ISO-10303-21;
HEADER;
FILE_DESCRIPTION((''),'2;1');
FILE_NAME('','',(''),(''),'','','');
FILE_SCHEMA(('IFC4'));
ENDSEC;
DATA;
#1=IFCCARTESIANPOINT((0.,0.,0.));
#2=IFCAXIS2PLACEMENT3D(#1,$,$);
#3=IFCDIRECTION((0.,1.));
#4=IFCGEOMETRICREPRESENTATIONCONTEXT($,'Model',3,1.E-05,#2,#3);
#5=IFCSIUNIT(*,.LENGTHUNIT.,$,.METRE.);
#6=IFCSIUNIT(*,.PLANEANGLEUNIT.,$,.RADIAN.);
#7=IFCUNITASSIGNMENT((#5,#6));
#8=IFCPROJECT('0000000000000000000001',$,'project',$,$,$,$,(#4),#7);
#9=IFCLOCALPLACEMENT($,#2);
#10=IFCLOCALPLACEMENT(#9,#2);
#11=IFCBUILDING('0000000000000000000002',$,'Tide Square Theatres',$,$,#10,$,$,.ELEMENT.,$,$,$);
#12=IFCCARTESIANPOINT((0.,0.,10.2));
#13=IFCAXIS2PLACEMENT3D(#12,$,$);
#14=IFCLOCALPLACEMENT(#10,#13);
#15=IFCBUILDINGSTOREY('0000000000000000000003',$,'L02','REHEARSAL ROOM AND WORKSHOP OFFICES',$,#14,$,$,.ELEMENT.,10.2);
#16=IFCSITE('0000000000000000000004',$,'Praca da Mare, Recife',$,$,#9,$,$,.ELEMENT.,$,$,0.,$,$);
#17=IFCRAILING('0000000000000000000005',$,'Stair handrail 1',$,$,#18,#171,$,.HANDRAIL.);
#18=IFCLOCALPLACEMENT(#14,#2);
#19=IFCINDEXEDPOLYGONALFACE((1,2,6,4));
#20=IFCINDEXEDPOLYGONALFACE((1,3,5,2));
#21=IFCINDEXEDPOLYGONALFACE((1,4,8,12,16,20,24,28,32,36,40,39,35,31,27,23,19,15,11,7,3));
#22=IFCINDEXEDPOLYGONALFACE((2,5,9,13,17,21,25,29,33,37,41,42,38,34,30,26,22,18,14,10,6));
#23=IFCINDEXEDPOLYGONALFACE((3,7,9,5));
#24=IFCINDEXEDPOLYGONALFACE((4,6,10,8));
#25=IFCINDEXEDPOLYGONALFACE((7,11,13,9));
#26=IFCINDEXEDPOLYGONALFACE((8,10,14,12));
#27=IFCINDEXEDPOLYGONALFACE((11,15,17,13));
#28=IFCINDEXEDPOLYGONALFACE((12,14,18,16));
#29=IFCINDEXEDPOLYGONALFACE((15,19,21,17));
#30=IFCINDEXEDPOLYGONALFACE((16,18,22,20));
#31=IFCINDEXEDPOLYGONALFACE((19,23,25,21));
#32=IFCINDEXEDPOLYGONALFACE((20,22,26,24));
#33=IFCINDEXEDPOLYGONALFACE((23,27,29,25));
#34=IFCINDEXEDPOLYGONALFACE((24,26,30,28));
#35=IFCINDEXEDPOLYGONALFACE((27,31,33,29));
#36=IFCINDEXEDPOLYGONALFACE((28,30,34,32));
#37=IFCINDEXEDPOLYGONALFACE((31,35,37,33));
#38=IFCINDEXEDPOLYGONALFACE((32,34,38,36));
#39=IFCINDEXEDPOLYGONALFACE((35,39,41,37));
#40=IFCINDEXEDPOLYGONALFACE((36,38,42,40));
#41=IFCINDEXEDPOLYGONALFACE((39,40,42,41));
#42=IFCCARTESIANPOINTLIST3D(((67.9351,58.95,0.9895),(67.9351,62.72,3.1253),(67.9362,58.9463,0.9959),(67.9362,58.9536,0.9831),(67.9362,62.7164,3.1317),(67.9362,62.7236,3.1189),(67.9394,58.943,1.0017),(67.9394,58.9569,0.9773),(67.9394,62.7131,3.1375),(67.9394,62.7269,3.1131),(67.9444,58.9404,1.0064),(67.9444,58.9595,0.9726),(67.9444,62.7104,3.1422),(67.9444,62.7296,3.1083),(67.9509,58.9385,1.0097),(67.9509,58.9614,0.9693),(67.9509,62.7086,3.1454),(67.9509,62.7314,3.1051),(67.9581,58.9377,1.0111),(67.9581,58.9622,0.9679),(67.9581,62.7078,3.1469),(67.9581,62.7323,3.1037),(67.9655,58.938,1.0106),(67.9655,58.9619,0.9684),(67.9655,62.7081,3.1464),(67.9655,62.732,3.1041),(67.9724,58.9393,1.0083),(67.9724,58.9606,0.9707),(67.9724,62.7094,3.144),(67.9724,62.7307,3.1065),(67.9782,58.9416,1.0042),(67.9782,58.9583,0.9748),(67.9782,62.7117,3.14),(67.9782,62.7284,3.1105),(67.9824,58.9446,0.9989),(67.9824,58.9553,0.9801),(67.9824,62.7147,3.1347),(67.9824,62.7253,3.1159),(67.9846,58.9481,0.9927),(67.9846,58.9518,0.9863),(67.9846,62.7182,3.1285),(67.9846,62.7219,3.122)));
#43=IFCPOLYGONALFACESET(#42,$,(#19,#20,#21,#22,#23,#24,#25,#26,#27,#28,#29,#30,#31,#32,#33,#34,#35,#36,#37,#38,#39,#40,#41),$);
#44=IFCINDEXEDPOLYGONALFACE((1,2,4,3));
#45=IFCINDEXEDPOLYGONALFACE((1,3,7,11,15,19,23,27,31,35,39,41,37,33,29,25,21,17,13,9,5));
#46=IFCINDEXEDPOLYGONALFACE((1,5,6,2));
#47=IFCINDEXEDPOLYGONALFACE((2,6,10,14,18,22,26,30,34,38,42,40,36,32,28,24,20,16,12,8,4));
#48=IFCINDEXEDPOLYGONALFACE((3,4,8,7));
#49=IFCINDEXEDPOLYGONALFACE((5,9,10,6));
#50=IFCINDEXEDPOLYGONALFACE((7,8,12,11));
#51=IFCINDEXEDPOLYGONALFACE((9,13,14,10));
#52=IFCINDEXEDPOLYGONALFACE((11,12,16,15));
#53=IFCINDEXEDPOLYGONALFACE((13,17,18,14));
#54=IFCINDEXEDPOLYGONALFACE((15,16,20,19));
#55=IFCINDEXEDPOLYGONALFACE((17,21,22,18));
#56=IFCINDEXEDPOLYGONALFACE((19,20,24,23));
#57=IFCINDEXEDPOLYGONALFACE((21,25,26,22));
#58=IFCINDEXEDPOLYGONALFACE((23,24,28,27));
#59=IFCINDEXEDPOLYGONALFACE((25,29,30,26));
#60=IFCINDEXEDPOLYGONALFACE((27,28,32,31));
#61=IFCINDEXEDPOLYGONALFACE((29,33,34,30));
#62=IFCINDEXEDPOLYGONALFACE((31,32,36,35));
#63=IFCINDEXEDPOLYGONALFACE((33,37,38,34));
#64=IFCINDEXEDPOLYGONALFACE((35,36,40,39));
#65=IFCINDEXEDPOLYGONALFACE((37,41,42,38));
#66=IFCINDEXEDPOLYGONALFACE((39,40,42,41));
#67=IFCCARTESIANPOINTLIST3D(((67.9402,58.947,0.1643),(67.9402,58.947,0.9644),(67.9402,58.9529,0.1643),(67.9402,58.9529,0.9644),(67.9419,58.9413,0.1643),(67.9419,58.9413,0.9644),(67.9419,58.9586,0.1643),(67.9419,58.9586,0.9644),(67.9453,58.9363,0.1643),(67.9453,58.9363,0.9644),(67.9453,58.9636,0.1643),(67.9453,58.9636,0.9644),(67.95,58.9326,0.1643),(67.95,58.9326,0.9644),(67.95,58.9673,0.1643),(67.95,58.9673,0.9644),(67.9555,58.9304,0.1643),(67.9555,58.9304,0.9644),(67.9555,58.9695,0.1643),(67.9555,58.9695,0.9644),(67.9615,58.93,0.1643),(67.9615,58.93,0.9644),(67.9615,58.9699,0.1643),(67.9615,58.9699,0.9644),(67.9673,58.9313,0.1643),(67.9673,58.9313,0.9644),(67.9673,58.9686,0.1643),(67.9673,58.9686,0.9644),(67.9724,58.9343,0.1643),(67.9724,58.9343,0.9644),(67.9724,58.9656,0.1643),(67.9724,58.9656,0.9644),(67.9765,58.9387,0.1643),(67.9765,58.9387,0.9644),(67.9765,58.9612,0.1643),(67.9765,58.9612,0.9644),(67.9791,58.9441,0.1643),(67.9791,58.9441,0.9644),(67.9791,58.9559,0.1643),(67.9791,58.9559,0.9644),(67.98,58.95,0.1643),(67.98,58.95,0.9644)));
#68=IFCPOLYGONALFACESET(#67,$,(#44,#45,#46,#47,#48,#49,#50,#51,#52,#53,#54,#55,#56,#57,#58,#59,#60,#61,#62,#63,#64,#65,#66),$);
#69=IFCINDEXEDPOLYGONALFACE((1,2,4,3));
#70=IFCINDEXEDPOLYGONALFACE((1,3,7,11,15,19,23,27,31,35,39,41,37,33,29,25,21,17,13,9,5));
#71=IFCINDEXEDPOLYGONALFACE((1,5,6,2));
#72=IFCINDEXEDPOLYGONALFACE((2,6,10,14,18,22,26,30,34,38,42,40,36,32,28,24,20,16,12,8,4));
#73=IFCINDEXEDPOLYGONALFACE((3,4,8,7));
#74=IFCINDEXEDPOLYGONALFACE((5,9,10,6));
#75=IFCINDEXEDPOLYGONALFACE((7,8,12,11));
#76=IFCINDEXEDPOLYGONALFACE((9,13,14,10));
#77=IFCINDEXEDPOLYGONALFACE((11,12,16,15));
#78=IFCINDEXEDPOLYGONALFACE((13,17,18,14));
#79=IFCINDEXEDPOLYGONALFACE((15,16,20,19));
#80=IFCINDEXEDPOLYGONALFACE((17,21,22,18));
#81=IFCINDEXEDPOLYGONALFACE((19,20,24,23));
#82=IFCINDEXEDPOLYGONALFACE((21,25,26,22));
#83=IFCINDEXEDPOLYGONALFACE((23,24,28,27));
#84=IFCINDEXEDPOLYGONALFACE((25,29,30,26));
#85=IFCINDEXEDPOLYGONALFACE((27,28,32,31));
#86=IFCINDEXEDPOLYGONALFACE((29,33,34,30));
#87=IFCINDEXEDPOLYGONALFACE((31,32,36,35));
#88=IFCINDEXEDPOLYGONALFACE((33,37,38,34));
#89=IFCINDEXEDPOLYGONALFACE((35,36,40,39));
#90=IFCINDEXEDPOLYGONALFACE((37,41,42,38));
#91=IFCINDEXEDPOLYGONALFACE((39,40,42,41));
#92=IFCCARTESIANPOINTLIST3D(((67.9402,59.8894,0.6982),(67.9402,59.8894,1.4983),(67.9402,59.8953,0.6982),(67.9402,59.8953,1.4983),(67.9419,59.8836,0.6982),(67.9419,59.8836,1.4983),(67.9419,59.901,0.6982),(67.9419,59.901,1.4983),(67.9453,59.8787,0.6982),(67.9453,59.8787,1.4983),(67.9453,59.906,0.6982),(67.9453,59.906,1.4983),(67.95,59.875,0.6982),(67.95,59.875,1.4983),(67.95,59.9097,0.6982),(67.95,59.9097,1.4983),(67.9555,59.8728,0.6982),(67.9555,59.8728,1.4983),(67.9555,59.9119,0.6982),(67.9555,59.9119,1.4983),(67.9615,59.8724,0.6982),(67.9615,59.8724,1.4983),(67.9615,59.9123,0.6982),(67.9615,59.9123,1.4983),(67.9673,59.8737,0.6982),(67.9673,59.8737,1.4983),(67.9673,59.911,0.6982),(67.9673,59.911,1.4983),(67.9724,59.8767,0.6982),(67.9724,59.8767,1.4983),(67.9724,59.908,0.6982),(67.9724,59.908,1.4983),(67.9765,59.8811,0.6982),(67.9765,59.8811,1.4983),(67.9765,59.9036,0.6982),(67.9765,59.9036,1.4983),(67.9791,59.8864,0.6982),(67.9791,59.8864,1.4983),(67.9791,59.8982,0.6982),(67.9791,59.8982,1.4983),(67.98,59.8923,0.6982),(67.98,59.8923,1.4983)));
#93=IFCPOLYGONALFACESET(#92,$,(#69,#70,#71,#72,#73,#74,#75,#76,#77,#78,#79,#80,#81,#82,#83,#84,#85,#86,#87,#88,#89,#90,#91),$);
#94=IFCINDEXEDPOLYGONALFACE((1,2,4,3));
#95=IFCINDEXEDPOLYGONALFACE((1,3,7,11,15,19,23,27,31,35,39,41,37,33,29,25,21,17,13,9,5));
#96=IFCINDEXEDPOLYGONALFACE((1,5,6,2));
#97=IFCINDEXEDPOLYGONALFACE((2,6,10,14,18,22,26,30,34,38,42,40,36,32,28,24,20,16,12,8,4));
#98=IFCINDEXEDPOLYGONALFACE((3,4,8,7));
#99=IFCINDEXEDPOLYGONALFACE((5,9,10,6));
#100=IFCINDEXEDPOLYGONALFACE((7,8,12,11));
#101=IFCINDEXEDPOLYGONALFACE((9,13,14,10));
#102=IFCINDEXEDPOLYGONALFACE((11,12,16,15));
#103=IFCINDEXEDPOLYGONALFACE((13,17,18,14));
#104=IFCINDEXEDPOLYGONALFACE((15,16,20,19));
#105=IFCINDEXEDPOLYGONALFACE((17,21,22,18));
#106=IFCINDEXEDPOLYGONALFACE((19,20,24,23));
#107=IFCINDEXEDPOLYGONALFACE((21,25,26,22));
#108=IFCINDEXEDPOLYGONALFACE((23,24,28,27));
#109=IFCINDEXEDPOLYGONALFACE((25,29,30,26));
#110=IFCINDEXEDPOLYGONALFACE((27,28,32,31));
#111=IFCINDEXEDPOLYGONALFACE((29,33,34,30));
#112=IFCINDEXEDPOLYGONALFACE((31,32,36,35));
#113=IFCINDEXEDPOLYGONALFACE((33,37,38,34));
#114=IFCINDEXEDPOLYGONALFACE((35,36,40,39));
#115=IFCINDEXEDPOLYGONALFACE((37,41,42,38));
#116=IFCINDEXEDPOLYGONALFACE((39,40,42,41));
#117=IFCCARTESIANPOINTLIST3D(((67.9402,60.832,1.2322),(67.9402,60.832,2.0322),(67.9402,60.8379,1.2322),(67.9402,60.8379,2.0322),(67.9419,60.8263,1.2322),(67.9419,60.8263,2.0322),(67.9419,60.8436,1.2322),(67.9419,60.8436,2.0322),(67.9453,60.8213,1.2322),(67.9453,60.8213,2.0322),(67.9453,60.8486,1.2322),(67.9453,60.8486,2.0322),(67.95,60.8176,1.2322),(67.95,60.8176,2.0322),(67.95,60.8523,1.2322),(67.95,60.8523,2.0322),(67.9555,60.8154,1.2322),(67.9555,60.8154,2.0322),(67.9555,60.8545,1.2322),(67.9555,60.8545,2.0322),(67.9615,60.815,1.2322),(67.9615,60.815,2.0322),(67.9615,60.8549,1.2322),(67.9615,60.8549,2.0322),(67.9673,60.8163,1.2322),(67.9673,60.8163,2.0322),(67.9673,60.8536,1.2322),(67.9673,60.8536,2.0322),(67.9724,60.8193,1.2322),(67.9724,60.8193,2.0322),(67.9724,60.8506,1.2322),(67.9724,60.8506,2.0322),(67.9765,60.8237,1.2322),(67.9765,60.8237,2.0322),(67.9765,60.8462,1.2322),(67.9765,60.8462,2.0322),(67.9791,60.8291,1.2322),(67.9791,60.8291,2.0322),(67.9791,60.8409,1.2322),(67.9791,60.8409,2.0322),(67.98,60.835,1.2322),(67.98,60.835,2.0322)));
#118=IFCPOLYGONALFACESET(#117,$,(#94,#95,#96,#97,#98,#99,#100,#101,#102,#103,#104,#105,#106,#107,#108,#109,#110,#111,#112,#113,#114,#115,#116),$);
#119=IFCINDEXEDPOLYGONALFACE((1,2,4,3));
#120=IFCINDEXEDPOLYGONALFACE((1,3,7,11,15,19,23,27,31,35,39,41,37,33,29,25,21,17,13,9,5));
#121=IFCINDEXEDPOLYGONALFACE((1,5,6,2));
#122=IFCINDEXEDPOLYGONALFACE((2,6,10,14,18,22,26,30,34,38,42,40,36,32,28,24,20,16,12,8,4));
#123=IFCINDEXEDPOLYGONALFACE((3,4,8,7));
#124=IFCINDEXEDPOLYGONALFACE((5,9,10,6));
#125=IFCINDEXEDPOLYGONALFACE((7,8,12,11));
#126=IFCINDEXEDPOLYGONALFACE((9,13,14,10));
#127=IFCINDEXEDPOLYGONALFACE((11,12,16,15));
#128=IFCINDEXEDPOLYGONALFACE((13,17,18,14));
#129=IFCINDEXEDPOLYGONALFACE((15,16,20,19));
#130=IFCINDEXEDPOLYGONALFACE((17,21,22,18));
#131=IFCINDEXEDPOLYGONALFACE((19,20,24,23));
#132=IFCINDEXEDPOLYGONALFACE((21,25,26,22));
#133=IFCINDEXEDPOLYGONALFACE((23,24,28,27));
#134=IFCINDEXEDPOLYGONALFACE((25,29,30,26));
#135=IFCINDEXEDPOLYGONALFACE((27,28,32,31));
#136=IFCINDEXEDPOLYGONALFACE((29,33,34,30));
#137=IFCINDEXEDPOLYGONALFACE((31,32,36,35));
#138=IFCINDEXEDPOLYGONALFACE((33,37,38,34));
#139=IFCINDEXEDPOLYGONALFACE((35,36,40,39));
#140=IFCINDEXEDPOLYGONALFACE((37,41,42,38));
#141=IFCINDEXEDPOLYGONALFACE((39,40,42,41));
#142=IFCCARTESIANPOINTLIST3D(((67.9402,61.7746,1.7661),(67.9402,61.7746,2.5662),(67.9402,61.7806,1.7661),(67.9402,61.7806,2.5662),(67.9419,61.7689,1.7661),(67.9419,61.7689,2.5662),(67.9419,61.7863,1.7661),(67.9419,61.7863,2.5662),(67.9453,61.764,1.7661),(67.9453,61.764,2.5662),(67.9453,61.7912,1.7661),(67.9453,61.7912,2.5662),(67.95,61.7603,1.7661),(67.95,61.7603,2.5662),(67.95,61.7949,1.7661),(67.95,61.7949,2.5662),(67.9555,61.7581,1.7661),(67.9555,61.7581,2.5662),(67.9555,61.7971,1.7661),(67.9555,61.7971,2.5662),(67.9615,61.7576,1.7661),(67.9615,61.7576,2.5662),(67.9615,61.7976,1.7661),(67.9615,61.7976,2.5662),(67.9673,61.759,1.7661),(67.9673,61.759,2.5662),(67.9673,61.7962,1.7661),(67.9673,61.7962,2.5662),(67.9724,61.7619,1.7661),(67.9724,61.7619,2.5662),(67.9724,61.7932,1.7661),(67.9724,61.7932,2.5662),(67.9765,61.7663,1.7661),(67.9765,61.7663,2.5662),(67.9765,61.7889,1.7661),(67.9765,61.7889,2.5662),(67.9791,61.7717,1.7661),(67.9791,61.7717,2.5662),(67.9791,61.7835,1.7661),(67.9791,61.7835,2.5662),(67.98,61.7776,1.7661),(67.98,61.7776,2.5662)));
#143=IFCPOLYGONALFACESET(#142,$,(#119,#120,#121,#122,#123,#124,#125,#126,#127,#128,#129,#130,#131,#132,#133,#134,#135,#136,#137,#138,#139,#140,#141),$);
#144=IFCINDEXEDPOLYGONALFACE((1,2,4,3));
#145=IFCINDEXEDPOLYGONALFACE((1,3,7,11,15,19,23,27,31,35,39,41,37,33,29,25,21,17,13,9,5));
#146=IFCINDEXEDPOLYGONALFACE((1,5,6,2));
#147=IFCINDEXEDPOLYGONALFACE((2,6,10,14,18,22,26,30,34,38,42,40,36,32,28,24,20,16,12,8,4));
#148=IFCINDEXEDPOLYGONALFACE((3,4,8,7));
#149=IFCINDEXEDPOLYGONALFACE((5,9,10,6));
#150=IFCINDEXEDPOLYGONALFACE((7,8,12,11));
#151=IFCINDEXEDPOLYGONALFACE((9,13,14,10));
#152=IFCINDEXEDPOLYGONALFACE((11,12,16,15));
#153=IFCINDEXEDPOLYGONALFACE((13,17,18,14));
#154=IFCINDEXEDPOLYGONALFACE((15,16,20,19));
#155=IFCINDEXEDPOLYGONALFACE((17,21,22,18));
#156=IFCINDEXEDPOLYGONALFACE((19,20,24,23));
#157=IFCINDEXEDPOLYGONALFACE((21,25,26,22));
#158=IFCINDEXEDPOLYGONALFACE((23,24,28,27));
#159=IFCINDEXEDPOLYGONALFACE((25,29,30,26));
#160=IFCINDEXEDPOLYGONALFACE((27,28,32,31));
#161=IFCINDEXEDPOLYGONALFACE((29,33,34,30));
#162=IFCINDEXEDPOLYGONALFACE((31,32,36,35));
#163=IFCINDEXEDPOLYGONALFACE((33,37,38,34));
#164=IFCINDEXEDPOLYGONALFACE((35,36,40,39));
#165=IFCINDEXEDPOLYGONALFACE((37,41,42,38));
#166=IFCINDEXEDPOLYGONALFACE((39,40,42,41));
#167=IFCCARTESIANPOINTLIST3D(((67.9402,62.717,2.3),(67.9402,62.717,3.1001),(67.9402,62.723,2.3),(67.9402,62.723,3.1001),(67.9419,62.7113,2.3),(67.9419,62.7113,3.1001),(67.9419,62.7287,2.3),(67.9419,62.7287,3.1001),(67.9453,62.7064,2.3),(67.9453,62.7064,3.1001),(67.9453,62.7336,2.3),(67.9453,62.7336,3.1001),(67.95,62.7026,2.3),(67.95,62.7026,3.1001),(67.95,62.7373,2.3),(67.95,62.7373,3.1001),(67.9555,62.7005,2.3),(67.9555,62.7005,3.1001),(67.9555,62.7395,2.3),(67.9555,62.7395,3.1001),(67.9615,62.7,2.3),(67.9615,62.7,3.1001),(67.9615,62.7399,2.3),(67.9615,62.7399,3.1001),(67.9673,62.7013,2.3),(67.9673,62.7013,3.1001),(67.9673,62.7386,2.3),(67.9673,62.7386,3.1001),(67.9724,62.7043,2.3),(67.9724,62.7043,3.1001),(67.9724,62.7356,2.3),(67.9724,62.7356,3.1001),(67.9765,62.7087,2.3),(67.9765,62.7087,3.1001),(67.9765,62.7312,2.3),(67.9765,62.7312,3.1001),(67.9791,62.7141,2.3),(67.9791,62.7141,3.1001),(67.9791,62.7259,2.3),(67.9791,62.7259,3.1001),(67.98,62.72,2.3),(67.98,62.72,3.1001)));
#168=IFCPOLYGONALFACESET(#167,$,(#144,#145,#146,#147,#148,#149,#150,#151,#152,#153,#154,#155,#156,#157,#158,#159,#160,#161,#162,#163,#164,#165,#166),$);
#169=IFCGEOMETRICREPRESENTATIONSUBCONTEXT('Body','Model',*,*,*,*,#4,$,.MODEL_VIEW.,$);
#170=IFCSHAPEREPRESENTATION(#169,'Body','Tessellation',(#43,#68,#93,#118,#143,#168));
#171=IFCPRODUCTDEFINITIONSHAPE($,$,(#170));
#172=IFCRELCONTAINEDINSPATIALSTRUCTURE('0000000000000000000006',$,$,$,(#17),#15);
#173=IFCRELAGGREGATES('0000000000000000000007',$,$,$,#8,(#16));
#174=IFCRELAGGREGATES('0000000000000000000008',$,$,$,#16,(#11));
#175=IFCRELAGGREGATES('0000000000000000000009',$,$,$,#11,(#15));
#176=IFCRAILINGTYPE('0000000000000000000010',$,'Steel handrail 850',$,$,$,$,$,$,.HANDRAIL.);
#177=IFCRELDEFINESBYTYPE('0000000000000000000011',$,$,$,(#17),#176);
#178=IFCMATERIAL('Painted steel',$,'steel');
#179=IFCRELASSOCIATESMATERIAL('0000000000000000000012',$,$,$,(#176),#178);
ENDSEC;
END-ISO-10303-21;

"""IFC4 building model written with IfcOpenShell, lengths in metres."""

from ifc_helpers import new_model, si_unit, direction, frame, origin, origin_2d, place, context, subcontext, project, spatial, circle, extrude, material, type_object, element, save


model = new_model("IFC4")

# Units and contexts
model_context = context("Model", 3, precision=1e-05, world=origin(), true_north=direction((0.0, 1.0)))
body_context = subcontext(model_context, "Body", "Model", "MODEL_VIEW")
ifc_project = project(units=[si_unit("LENGTHUNIT", "METRE"), si_unit("PLANEANGLEUNIT", "RADIAN")], contexts=[model_context])

# Site, building, storey
site_placement = place(None, origin())
site = spatial("IfcSite", under=ifc_project, at=site_placement, Name="Praca da Mare, Recife", CompositionType="ELEMENT", RefElevation=0.0)
building_placement = place(site_placement, origin())
building = spatial("IfcBuilding", under=site, at=building_placement, Name="Tide Square Theatres", CompositionType="ELEMENT")
storey_placement = place(building_placement, frame((0.0, 0.0, 10.2)))
storey = spatial("IfcBuildingStorey", under=building, at=storey_placement, Name="L02", Description="REHEARSAL ROOM AND WORKSHOP OFFICES", CompositionType="ELEMENT", Elevation=10.2)

# Railing
ifc_material_1 = material(Name="Painted steel", Category="steel")
railing_type = type_object("IfcRailingType", Name="Steel handrail 850", PredefinedType="HANDRAIL", material=ifc_material_1)
for number, where, name in (
    (1, (67.96, 58.95, 0.1643), "Stair handrail 1"),
):
    element("IfcRailing", number, at=place(storey_placement, frame(where)), inside=storey, type_object=railing_type, Name=name, PredefinedType="HANDRAIL", context=body_context, shape_type="SweptSolid", body=[
        extrude(circle(Radius=0.0249, at=origin_2d()), frame((0.0, 0.0, 0.8252), z_axis=(0.0, 0.870082, 0.492907), x_axis=(-1.0, 0.0, 0.0)), (0.0, 0.0, 1.0), 4.333),
        extrude(circle(Radius=0.02, at=origin_2d()), origin(), (0.0, 0.0, 1.0), 0.8),
        extrude(circle(Radius=0.02, at=origin_2d()), frame((0.0, 0.9424, 0.5339)), (0.0, 0.0, 1.0), 0.8),
        extrude(circle(Radius=0.02, at=origin_2d()), frame((0.0, 1.885, 1.0679)), (0.0, 0.0, 1.0), 0.8),
        extrude(circle(Radius=0.02, at=origin_2d()), frame((0.0, 2.8276, 1.6018)), (0.0, 0.0, 1.0), 0.8),
        extrude(circle(Radius=0.02, at=origin_2d()), frame((0.0, 3.77, 2.1357)), (0.0, 0.0, 1.0), 0.8),
    ])

save(model, "model.ifc")
